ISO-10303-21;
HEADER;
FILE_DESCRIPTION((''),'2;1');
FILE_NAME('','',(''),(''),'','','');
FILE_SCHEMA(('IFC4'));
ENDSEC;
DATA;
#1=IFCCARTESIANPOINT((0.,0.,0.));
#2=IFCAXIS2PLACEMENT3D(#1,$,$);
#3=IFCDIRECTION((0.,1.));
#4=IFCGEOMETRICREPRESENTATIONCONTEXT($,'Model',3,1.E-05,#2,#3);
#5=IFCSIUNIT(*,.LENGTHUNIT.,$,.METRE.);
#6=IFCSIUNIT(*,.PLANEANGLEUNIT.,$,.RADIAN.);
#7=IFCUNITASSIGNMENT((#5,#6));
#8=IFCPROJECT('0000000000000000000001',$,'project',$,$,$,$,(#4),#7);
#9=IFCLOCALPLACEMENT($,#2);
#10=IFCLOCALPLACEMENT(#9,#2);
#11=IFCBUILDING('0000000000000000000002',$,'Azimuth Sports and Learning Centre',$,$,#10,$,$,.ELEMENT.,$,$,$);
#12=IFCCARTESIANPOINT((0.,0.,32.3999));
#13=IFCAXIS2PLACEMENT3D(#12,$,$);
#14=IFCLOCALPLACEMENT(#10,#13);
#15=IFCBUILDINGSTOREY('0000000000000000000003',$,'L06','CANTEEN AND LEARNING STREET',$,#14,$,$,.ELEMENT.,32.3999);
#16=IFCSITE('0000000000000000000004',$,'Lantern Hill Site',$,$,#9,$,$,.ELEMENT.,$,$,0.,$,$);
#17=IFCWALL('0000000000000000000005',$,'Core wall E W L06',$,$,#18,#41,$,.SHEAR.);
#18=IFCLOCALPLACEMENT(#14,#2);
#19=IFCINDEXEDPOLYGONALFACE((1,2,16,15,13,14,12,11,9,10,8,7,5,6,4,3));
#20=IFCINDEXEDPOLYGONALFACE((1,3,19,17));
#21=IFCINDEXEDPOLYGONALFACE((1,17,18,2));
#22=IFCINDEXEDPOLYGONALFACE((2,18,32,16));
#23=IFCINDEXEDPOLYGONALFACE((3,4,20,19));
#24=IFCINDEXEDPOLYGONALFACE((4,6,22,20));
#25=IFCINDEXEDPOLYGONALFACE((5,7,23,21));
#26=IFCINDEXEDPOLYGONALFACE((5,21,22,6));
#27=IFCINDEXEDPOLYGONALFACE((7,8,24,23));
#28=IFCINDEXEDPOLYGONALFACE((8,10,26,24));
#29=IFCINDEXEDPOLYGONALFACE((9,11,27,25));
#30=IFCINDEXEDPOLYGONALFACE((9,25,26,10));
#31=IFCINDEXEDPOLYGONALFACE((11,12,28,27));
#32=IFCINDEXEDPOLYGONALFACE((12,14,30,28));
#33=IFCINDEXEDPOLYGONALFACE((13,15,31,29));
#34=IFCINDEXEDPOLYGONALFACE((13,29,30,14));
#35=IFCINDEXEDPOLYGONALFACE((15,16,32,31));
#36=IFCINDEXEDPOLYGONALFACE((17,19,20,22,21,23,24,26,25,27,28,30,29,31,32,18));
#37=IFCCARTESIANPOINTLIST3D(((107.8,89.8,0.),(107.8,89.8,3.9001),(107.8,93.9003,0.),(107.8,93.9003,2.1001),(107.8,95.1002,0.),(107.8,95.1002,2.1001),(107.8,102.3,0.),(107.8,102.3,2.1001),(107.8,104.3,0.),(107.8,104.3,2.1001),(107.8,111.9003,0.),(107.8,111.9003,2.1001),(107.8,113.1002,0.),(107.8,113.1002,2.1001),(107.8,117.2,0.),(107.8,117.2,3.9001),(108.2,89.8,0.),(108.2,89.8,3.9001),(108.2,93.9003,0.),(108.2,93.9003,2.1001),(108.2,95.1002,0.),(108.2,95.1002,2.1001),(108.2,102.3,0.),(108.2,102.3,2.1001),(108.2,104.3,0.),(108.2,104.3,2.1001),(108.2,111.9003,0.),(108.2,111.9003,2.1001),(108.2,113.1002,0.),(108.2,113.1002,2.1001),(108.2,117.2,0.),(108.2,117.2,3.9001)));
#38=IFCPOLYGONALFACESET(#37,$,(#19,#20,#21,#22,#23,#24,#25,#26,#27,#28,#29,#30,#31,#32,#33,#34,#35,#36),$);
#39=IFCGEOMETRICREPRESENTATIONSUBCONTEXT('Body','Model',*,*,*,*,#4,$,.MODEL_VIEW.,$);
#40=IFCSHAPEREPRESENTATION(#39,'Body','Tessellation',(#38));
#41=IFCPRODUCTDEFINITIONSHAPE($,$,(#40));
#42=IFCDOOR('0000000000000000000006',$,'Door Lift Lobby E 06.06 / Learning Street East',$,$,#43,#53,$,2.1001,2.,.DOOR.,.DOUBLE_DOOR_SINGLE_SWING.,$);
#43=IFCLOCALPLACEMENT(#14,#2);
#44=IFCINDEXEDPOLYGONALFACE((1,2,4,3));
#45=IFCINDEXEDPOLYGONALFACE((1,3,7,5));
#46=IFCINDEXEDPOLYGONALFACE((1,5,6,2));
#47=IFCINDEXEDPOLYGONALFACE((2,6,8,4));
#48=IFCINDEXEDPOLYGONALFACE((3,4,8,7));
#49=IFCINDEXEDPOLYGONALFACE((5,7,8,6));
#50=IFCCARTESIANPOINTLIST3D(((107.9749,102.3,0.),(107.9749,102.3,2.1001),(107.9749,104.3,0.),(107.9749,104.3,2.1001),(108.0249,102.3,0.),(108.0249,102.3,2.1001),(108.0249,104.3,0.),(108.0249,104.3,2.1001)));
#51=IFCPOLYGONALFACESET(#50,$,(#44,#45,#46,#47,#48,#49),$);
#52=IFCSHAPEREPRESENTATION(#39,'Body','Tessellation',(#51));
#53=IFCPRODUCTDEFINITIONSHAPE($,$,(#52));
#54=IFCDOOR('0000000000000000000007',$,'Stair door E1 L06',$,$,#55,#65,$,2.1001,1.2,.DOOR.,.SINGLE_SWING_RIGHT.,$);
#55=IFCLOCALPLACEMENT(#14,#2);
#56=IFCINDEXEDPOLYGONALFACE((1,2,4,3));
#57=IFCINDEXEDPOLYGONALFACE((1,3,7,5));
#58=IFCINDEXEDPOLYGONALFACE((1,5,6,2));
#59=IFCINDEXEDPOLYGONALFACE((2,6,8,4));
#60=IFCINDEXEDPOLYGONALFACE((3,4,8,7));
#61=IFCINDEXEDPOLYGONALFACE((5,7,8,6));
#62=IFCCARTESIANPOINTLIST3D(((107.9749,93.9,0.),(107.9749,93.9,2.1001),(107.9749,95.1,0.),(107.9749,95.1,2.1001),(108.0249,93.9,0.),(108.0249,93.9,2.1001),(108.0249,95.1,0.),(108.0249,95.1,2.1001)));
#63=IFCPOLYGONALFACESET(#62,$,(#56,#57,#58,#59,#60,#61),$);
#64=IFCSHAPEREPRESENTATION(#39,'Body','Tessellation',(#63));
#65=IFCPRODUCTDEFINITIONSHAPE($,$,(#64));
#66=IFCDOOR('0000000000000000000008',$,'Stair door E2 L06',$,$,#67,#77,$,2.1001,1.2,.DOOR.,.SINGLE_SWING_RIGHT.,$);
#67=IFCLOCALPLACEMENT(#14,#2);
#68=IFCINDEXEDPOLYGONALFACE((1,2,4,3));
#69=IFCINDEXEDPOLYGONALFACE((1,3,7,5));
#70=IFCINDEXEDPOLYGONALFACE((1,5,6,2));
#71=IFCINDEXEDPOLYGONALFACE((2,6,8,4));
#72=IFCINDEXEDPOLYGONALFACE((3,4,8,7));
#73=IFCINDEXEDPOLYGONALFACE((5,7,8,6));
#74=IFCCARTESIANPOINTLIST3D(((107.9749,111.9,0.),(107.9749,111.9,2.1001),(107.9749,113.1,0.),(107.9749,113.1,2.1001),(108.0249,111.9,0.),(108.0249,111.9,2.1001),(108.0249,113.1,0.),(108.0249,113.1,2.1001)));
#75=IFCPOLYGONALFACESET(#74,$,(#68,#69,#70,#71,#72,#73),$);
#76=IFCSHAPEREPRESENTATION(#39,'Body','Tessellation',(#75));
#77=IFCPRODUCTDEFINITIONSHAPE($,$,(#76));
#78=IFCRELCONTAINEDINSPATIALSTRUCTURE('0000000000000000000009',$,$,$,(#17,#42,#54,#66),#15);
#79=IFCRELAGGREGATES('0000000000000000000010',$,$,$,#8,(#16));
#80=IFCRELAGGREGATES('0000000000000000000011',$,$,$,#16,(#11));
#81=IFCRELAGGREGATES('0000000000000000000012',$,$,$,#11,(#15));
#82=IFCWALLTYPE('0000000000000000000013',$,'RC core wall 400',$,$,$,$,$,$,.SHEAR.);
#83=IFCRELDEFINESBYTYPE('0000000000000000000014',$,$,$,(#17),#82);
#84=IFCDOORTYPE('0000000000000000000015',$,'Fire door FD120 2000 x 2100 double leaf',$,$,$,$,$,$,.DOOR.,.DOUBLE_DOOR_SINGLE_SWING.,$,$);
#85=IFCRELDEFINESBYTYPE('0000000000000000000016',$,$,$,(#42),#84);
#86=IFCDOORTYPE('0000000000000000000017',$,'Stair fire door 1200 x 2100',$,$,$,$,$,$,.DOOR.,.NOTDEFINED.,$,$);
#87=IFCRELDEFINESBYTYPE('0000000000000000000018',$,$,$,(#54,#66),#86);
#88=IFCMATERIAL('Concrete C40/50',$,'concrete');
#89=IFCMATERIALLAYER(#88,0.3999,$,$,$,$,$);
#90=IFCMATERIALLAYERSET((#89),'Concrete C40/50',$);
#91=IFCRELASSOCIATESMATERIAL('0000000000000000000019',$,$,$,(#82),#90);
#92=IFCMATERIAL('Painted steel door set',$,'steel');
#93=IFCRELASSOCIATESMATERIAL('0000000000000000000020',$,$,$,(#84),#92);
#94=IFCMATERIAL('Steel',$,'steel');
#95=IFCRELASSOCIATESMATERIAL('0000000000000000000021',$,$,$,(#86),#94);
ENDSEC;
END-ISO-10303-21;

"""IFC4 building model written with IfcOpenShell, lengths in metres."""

from ifc_helpers import new_model, si_unit, direction, frame, frame_2d, origin, place, context, subcontext, project, spatial, rectangle, extrude, material, layer, layer_set, type_object, element, fill, save


model = new_model("IFC4")

# Units and contexts
model_context = context("Model", 3, precision=1e-05, world=origin(), true_north=direction((0.0, 1.0)))
body_context = subcontext(model_context, "Body", "Model", "MODEL_VIEW")
ifc_project = project(units=[si_unit("LENGTHUNIT", "METRE"), si_unit("PLANEANGLEUNIT", "RADIAN")], contexts=[model_context])

# Site, building, storey
site_placement = place(None, origin())
site = spatial("IfcSite", under=ifc_project, at=site_placement, Name="Lantern Hill Site", CompositionType="ELEMENT", RefElevation=0.0)
building_placement = place(site_placement, origin())
building = spatial("IfcBuilding", under=site, at=building_placement, Name="Azimuth Sports and Learning Centre", CompositionType="ELEMENT")
storey_placement = place(building_placement, frame((0.0, 0.0, 32.3999)))
storey = spatial("IfcBuildingStorey", under=building, at=storey_placement, Name="L06", Description="CANTEEN AND LEARNING STREET", CompositionType="ELEMENT", Elevation=32.3999)

# Wall, openings, doors
ifc_material_1 = material(Name="Concrete C40/50", Category="concrete")
ifc_layer_1 = layer(ifc_material_1, 0.3999)
ifc_layer_set_1 = layer_set([ifc_layer_1], Name="Concrete C40/50")
wall_type_1 = type_object("IfcWallType", Name="RC core wall 400", PredefinedType="SHEAR", material=ifc_layer_set_1)
wall_1_placement = place(storey_placement, frame((108.0, 89.8, 0.0), z_axis=(0.0, 0.0, 1.0), x_axis=(0.0, 1.0, 0.0)))
wall_1 = element("IfcWall", 1, at=wall_1_placement, inside=storey, type_object=wall_type_1, Name="Core wall E W L06", PredefinedType="SHEAR", context=body_context, shape_type="SweptSolid", body=[
    extrude(rectangle(XDim=27.3999, YDim=0.3999, at=frame_2d((13.7, 0.0))), origin(), (0.0, 0.0, 1.0), 3.9001),
])
opening_1_placement = place(wall_1_placement, frame((4.1001, 0.0, 0.0)))
opening_1 = element("IfcOpeningElement", 2, at=opening_1_placement, cuts=wall_1, PredefinedType="OPENING", context=body_context, shape_type="SweptSolid", body=[
    extrude(rectangle(XDim=1.2, YDim=2.1001, at=frame_2d((0.6001, 1.05))), frame((0.0, 0.2109, 0.0), z_axis=(0.0, -1.0, 0.0), x_axis=(1.0, 0.0, 0.0)), (0.0, 0.0, 1.0), 0.4219),
])
opening_2_placement = place(wall_1_placement, frame((22.1001, 0.0, 0.0)))
opening_2 = element("IfcOpeningElement", 3, at=opening_2_placement, cuts=wall_1, PredefinedType="OPENING", context=body_context, shape_type="SweptSolid", body=[
    extrude(rectangle(XDim=1.2, YDim=2.1001, at=frame_2d((0.6001, 1.05))), frame((0.0, 0.2109, 0.0), z_axis=(0.0, -1.0, 0.0), x_axis=(1.0, 0.0, 0.0)), (0.0, 0.0, 1.0), 0.4219),
])
opening_3_placement = place(wall_1_placement, frame((12.5, 0.0, 0.0)))
opening_3 = element("IfcOpeningElement", 4, at=opening_3_placement, cuts=wall_1, PredefinedType="OPENING", context=body_context, shape_type="SweptSolid", body=[
    extrude(rectangle(XDim=2.0, YDim=2.1001, at=frame_2d((1.0, 1.05))), frame((0.0, 0.2109, 0.0), z_axis=(0.0, -1.0, 0.0), x_axis=(1.0, 0.0, 0.0)), (0.0, 0.0, 1.0), 0.4219),
])
ifc_material_2 = material(Name="Painted steel door set", Category="steel")
door_type_1 = type_object("IfcDoorType", Name="Fire door FD120 2000 x 2100 double leaf", OperationType="DOUBLE_DOOR_SINGLE_SWING", PredefinedType="DOOR", material=ifc_material_2)
door_1_placement = place(opening_3_placement, frame((2.0, 0.0, 0.0), z_axis=(0.0, 0.0, 1.0), x_axis=(-1.0, 0.0, 0.0)))
door_1 = element("IfcDoor", 5, at=door_1_placement, inside=storey, type_object=door_type_1, Name="Door Lift Lobby E 06.06 / Learning Street East", OperationType="DOUBLE_DOOR_SINGLE_SWING", OverallHeight=2.1001, OverallWidth=2.0, PredefinedType="DOOR", context=body_context, shape_type="SweptSolid", body=[
    extrude(rectangle(XDim=2.0, YDim=2.1001, at=frame_2d((1.0, 1.05))), frame((0.0, 0.0249, 0.0), z_axis=(0.0, -1.0, 0.0), x_axis=(1.0, 0.0, 0.0)), (0.0, 0.0, 1.0), 0.05),
])
fill(opening_3, door_1)
ifc_material_3 = material(Name="Steel", Category="steel")
door_type_2 = type_object("IfcDoorType", Name="Stair fire door 1200 x 2100", OperationType="NOTDEFINED", PredefinedType="DOOR", material=ifc_material_3)
door_2_placement = place(opening_1_placement, frame((1.2, 0.0, 0.0), z_axis=(0.0, 0.0, 1.0), x_axis=(-1.0, 0.0, 0.0)))
door_2 = element("IfcDoor", 6, at=door_2_placement, inside=storey, type_object=door_type_2, Name="Stair door E1 L06", OperationType="SINGLE_SWING_RIGHT", OverallHeight=2.1001, OverallWidth=1.2, PredefinedType="DOOR", context=body_context, shape_type="SweptSolid", body=[
    extrude(rectangle(XDim=1.2, YDim=2.1001, at=frame_2d((0.6001, 1.05))), frame((0.0, 0.0249, 0.0), z_axis=(0.0, -1.0, 0.0), x_axis=(1.0, 0.0, 0.0)), (0.0, 0.0, 1.0), 0.05),
])
fill(opening_1, door_2)
door_3_placement = place(opening_2_placement, frame((1.2, 0.0, 0.0), z_axis=(0.0, 0.0, 1.0), x_axis=(-1.0, 0.0, 0.0)))
door_3 = element("IfcDoor", 7, at=door_3_placement, inside=storey, type_object=door_type_2, Name="Stair door E2 L06", OperationType="SINGLE_SWING_RIGHT", OverallHeight=2.1001, OverallWidth=1.2, PredefinedType="DOOR", context=body_context, shape_type="SweptSolid", body=[
    extrude(rectangle(XDim=1.2, YDim=2.1001, at=frame_2d((0.6001, 1.05))), frame((0.0, 0.0249, 0.0), z_axis=(0.0, -1.0, 0.0), x_axis=(1.0, 0.0, 0.0)), (0.0, 0.0, 1.0), 0.05),
])
fill(opening_2, door_3)

save(model, "model.ifc")
